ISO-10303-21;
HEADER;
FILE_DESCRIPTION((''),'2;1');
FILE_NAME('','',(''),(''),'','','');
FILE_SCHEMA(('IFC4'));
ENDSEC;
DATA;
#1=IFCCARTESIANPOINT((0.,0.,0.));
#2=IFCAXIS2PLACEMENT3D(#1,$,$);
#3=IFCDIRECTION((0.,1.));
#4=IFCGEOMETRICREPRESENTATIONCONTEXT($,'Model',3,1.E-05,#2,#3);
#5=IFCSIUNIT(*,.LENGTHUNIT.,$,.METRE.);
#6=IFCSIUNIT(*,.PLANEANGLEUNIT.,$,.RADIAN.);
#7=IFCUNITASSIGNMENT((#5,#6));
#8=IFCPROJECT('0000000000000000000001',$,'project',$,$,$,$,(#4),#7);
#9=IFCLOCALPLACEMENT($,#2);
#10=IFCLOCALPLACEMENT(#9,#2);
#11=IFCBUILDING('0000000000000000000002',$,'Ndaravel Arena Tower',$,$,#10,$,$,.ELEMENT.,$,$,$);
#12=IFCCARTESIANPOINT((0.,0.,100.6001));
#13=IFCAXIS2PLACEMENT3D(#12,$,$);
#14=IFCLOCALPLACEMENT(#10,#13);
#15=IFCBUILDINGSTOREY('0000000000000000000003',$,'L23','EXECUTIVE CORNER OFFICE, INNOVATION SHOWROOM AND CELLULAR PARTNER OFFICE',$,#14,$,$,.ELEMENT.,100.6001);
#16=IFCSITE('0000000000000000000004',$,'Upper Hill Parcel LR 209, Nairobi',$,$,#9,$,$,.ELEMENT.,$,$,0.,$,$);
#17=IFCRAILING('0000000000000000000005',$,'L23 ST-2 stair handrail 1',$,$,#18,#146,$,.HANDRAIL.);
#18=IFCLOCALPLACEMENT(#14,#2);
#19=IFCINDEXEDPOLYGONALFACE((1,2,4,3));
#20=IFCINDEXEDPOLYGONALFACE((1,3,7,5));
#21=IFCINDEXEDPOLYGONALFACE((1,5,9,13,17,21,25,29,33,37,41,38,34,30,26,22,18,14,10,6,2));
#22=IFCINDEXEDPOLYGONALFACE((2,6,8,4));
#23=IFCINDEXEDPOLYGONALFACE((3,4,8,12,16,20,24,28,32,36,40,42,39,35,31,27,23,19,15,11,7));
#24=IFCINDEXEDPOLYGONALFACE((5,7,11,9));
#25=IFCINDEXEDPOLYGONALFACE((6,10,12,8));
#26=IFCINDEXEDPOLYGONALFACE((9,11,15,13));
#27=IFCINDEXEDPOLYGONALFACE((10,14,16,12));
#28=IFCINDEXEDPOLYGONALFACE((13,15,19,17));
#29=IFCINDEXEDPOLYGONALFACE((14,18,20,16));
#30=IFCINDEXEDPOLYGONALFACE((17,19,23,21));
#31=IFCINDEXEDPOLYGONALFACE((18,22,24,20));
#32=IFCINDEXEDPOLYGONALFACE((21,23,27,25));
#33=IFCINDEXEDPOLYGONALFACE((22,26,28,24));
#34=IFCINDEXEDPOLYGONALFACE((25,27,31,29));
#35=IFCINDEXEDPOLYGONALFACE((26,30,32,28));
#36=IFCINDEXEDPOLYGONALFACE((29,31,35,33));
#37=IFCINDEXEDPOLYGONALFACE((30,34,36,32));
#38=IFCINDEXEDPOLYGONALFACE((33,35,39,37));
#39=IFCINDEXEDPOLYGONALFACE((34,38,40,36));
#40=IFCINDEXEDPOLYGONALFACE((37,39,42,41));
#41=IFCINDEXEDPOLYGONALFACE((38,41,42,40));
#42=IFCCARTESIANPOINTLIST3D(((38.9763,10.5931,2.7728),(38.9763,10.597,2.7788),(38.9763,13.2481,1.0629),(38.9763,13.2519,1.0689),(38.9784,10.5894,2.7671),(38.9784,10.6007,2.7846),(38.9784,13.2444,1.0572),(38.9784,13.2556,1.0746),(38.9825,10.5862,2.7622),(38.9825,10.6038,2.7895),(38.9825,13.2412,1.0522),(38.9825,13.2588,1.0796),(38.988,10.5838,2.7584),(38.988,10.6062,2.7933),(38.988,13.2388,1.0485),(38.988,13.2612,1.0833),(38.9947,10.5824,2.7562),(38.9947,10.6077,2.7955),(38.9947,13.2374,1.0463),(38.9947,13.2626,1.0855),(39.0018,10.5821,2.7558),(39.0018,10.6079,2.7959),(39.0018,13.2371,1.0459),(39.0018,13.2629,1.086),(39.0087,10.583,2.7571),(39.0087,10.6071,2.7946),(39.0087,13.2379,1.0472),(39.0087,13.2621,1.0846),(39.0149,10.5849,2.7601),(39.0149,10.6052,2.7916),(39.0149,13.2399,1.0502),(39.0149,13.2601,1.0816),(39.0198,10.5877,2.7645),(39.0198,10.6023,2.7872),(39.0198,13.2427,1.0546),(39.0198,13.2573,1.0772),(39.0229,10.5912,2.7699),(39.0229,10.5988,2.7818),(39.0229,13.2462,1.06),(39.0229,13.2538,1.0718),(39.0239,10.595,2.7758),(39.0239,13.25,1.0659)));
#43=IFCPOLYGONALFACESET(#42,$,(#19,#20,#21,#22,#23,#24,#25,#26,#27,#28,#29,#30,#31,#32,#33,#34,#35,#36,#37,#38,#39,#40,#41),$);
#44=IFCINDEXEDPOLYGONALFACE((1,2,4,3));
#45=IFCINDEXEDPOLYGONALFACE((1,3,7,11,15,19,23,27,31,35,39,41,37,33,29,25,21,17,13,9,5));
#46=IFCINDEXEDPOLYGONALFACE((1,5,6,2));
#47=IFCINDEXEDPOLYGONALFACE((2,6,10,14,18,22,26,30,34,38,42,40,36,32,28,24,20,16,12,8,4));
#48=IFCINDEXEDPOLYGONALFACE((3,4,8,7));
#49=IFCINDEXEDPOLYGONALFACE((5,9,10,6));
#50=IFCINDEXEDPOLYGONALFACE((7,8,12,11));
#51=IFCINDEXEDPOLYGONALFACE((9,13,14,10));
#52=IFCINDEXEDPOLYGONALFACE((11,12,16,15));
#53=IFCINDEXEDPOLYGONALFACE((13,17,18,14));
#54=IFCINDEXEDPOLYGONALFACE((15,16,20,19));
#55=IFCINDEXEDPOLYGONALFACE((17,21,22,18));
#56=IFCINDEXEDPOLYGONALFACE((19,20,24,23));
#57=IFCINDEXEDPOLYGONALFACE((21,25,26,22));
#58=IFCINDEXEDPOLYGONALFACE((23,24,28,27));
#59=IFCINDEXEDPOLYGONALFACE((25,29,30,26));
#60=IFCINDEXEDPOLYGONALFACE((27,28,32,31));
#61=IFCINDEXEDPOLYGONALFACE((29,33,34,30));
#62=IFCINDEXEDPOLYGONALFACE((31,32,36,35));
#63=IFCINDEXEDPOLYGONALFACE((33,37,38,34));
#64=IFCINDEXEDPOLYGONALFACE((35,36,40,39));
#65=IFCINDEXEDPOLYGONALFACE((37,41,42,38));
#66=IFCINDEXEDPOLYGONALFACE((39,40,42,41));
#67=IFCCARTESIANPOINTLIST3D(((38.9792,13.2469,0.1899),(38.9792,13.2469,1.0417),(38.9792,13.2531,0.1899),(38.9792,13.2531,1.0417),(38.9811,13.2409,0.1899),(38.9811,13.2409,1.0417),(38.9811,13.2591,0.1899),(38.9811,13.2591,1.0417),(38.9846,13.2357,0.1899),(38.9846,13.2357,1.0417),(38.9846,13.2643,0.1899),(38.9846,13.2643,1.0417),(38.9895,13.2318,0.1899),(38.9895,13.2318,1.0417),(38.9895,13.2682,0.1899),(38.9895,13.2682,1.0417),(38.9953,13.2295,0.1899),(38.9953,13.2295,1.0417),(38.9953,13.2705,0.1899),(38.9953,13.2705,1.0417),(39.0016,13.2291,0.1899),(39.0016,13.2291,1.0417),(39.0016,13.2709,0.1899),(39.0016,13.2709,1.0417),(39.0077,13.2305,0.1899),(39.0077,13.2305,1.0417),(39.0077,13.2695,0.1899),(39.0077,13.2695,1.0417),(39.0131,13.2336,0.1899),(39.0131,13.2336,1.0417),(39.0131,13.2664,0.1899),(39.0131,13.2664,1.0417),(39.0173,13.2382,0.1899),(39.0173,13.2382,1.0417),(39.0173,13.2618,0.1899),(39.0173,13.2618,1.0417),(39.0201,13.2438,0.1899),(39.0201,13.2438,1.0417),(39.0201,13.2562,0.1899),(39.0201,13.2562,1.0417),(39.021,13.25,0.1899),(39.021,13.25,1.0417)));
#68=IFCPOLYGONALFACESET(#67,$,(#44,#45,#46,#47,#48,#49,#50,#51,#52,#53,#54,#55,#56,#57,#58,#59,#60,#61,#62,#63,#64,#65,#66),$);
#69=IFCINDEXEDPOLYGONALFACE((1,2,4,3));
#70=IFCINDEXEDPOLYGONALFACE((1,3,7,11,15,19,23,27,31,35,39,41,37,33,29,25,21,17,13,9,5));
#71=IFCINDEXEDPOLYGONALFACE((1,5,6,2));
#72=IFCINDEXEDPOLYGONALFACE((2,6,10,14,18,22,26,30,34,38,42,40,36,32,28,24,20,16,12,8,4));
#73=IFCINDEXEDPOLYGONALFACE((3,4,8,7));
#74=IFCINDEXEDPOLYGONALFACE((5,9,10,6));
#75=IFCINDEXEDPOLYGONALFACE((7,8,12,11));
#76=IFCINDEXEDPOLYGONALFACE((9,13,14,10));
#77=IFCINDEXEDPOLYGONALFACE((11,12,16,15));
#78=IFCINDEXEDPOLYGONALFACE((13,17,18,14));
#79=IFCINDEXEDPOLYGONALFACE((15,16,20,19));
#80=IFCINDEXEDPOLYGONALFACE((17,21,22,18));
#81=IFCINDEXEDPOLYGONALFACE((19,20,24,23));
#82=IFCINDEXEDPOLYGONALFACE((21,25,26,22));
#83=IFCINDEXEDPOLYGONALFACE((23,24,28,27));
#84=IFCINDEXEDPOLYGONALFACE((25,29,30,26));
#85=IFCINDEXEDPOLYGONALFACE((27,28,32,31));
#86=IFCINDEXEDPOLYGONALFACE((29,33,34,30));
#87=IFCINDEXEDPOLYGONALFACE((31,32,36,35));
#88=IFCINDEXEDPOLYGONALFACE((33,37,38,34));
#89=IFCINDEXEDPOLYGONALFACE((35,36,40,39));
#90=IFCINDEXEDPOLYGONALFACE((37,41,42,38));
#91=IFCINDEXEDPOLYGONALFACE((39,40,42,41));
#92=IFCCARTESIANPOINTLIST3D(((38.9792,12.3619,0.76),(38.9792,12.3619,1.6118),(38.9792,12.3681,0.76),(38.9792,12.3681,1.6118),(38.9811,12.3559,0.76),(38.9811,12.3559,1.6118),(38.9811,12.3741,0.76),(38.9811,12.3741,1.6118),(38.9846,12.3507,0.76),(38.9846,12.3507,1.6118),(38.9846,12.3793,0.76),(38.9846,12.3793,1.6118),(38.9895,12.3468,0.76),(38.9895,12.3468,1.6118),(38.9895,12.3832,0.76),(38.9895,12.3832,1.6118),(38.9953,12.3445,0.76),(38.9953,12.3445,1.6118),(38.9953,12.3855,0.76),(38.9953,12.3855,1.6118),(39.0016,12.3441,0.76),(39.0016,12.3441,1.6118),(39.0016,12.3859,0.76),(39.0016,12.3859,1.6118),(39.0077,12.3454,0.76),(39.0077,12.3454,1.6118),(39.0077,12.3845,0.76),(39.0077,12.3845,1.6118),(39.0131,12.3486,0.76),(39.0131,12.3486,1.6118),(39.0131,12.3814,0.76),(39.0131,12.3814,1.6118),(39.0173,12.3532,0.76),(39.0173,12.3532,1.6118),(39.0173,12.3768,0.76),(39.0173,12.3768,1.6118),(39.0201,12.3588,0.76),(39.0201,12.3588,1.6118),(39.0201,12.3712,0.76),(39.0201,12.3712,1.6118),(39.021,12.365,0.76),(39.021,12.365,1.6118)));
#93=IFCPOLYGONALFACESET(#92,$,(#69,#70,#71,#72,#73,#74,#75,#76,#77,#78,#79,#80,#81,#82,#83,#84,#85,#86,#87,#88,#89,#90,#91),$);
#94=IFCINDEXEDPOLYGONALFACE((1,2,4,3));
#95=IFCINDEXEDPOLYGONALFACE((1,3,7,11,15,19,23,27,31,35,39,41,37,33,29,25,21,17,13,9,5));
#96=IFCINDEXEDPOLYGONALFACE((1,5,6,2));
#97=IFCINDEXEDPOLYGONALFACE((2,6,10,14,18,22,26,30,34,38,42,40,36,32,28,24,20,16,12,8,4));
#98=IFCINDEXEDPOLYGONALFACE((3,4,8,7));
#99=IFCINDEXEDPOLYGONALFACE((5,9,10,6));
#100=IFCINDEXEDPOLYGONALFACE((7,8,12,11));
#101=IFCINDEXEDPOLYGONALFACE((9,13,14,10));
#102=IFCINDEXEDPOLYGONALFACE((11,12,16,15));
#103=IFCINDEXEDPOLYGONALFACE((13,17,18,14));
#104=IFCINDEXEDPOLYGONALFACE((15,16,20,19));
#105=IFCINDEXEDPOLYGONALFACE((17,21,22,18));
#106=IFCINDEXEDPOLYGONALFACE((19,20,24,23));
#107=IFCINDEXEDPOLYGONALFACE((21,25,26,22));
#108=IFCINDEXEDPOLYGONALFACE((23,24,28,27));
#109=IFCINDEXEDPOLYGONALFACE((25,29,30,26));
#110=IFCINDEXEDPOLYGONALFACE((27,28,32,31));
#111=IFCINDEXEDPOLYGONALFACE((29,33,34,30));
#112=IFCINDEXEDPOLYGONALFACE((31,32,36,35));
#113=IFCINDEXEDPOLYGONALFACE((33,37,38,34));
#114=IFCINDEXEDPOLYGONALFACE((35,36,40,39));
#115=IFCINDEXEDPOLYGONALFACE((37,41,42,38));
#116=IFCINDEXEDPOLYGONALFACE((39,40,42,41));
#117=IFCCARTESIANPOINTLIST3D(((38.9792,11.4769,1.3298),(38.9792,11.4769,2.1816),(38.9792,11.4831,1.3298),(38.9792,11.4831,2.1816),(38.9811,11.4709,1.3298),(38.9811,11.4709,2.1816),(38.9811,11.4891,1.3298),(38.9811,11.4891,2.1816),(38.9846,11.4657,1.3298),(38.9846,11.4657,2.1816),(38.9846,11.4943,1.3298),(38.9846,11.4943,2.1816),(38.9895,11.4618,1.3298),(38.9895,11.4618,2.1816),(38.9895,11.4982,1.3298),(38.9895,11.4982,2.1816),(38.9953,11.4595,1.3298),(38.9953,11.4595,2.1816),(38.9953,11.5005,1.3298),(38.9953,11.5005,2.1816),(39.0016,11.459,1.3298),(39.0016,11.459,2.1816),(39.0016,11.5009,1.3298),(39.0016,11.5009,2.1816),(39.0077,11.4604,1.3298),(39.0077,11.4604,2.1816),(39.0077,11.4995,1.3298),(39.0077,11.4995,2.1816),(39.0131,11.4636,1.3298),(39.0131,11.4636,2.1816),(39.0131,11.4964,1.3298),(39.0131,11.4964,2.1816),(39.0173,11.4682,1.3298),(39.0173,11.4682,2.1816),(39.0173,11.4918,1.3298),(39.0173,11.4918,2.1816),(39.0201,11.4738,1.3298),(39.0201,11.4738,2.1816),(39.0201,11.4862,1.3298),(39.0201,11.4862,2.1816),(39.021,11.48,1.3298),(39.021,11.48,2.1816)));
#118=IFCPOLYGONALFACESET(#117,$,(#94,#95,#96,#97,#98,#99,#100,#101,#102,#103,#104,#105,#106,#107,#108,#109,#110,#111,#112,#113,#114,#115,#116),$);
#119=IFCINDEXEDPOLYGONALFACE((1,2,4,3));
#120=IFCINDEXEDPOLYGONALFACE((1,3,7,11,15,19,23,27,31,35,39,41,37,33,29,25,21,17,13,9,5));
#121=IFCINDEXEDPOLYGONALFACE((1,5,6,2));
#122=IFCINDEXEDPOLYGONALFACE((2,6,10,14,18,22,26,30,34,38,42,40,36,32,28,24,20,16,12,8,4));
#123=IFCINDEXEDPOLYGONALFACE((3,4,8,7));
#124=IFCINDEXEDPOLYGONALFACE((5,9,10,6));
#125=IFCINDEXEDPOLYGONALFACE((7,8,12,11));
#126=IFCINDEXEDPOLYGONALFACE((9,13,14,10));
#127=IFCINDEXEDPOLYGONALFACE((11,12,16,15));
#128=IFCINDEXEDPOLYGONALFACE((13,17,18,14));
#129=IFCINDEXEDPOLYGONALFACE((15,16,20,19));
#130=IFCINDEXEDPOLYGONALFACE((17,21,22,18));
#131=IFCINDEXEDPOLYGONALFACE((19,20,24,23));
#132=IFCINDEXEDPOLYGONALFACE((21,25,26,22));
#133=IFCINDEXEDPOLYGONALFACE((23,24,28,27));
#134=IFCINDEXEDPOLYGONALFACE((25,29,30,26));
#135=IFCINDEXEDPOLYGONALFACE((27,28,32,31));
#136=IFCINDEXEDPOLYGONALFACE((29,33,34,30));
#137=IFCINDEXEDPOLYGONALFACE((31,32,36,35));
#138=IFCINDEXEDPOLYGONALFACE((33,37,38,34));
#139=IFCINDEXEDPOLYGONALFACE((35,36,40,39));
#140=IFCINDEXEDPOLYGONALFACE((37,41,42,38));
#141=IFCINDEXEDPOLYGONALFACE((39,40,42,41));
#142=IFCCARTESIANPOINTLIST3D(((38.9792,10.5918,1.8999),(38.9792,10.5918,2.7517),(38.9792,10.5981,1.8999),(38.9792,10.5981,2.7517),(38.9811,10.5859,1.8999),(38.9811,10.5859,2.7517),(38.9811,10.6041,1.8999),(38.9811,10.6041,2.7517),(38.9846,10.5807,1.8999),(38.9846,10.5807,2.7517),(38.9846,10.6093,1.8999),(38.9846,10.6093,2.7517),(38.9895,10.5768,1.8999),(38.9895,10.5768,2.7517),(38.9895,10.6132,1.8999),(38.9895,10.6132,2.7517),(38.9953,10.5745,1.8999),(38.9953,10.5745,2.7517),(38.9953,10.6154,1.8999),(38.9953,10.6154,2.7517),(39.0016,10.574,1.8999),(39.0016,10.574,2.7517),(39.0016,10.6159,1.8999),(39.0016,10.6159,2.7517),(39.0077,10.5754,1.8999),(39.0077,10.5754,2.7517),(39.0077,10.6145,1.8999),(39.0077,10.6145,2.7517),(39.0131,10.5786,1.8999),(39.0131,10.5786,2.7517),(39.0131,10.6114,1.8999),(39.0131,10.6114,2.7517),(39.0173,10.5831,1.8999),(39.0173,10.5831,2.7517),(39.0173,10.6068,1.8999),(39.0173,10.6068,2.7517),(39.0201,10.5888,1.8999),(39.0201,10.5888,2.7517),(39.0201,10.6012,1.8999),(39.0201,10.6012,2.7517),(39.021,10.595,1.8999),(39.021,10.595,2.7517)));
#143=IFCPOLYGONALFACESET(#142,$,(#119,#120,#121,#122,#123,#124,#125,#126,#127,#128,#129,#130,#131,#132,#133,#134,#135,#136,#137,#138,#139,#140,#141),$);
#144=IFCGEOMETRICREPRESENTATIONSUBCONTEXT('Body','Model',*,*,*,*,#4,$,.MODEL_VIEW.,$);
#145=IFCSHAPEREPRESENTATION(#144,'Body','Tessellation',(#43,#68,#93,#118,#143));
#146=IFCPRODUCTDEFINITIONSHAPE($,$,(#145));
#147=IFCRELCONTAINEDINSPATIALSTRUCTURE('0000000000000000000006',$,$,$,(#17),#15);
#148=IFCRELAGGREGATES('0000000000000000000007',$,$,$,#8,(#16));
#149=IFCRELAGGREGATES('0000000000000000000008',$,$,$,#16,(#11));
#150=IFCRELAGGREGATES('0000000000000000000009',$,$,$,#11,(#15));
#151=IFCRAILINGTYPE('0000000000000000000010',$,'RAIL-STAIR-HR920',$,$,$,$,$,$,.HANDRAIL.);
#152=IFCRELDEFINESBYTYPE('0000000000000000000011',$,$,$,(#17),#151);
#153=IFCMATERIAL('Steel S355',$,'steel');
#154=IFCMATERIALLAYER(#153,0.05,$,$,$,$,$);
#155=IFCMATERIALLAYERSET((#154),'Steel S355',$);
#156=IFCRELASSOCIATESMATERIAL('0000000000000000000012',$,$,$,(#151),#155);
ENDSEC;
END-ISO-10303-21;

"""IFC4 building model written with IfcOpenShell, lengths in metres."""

from ifc_helpers import new_model, si_unit, direction, frame, origin, origin_2d, place, context, subcontext, project, spatial, circle, extrude, material, layer, layer_set, type_object, element, save


model = new_model("IFC4")

# Units and contexts
model_context = context("Model", 3, precision=1e-05, world=origin(), true_north=direction((0.0, 1.0)))
body_context = subcontext(model_context, "Body", "Model", "MODEL_VIEW")
ifc_project = project(units=[si_unit("LENGTHUNIT", "METRE"), si_unit("PLANEANGLEUNIT", "RADIAN")], contexts=[model_context])

# Site, building, storey
site_placement = place(None, origin())
site = spatial("IfcSite", under=ifc_project, at=site_placement, Name="Upper Hill Parcel LR 209, Nairobi", CompositionType="ELEMENT", RefElevation=0.0)
building_placement = place(site_placement, origin())
building = spatial("IfcBuilding", under=site, at=building_placement, Name="Ndaravel Arena Tower", CompositionType="ELEMENT")
storey_placement = place(building_placement, frame((0.0, 0.0, 100.6001)))
storey = spatial("IfcBuildingStorey", under=building, at=storey_placement, Name="L23", Description="EXECUTIVE CORNER OFFICE, INNOVATION SHOWROOM AND CELLULAR PARTNER OFFICE", CompositionType="ELEMENT", Elevation=100.6001)

# Railing
ifc_material_1 = material(Name="Steel S355", Category="steel")
ifc_layer_1 = layer(ifc_material_1, 0.05)
ifc_layer_set_1 = layer_set([ifc_layer_1], Name="Steel S355")
railing_type_1 = type_object("IfcRailingType", Name="RAIL-STAIR-HR920", PredefinedType="HANDRAIL", material=ifc_layer_set_1)
railing_1_placement = place(storey_placement, frame((39.0, 13.25, 0.1899)))
element("IfcRailing", 1, at=railing_1_placement, inside=storey, type_object=railing_type_1, Name="L23 ST-2 stair handrail 1", PredefinedType="HANDRAIL", context=body_context, shape_type="SweptSolid", body=[
    extrude(circle(Radius=0.0239, at=origin_2d()), frame((0.0, 0.0, 0.876), z_axis=(0.0, -0.840724, 0.541465), x_axis=(1.0, 0.0, 0.0)), (0.0, 0.0, 1.0), 3.158),
    extrude(circle(Radius=0.021, at=origin_2d()), origin(), (0.0, 0.0, 1.0), 0.8518),
    extrude(circle(Radius=0.021, at=origin_2d()), frame((0.0, -0.885, 0.5701)), (0.0, 0.0, 1.0), 0.8518),
    extrude(circle(Radius=0.021, at=origin_2d()), frame((0.0, -1.77, 1.1399)), (0.0, 0.0, 1.0), 0.8518),
    extrude(circle(Radius=0.021, at=origin_2d()), frame((0.0, -2.655, 1.71)), (0.0, 0.0, 1.0), 0.8518),
])

save(model, "model.ifc")
